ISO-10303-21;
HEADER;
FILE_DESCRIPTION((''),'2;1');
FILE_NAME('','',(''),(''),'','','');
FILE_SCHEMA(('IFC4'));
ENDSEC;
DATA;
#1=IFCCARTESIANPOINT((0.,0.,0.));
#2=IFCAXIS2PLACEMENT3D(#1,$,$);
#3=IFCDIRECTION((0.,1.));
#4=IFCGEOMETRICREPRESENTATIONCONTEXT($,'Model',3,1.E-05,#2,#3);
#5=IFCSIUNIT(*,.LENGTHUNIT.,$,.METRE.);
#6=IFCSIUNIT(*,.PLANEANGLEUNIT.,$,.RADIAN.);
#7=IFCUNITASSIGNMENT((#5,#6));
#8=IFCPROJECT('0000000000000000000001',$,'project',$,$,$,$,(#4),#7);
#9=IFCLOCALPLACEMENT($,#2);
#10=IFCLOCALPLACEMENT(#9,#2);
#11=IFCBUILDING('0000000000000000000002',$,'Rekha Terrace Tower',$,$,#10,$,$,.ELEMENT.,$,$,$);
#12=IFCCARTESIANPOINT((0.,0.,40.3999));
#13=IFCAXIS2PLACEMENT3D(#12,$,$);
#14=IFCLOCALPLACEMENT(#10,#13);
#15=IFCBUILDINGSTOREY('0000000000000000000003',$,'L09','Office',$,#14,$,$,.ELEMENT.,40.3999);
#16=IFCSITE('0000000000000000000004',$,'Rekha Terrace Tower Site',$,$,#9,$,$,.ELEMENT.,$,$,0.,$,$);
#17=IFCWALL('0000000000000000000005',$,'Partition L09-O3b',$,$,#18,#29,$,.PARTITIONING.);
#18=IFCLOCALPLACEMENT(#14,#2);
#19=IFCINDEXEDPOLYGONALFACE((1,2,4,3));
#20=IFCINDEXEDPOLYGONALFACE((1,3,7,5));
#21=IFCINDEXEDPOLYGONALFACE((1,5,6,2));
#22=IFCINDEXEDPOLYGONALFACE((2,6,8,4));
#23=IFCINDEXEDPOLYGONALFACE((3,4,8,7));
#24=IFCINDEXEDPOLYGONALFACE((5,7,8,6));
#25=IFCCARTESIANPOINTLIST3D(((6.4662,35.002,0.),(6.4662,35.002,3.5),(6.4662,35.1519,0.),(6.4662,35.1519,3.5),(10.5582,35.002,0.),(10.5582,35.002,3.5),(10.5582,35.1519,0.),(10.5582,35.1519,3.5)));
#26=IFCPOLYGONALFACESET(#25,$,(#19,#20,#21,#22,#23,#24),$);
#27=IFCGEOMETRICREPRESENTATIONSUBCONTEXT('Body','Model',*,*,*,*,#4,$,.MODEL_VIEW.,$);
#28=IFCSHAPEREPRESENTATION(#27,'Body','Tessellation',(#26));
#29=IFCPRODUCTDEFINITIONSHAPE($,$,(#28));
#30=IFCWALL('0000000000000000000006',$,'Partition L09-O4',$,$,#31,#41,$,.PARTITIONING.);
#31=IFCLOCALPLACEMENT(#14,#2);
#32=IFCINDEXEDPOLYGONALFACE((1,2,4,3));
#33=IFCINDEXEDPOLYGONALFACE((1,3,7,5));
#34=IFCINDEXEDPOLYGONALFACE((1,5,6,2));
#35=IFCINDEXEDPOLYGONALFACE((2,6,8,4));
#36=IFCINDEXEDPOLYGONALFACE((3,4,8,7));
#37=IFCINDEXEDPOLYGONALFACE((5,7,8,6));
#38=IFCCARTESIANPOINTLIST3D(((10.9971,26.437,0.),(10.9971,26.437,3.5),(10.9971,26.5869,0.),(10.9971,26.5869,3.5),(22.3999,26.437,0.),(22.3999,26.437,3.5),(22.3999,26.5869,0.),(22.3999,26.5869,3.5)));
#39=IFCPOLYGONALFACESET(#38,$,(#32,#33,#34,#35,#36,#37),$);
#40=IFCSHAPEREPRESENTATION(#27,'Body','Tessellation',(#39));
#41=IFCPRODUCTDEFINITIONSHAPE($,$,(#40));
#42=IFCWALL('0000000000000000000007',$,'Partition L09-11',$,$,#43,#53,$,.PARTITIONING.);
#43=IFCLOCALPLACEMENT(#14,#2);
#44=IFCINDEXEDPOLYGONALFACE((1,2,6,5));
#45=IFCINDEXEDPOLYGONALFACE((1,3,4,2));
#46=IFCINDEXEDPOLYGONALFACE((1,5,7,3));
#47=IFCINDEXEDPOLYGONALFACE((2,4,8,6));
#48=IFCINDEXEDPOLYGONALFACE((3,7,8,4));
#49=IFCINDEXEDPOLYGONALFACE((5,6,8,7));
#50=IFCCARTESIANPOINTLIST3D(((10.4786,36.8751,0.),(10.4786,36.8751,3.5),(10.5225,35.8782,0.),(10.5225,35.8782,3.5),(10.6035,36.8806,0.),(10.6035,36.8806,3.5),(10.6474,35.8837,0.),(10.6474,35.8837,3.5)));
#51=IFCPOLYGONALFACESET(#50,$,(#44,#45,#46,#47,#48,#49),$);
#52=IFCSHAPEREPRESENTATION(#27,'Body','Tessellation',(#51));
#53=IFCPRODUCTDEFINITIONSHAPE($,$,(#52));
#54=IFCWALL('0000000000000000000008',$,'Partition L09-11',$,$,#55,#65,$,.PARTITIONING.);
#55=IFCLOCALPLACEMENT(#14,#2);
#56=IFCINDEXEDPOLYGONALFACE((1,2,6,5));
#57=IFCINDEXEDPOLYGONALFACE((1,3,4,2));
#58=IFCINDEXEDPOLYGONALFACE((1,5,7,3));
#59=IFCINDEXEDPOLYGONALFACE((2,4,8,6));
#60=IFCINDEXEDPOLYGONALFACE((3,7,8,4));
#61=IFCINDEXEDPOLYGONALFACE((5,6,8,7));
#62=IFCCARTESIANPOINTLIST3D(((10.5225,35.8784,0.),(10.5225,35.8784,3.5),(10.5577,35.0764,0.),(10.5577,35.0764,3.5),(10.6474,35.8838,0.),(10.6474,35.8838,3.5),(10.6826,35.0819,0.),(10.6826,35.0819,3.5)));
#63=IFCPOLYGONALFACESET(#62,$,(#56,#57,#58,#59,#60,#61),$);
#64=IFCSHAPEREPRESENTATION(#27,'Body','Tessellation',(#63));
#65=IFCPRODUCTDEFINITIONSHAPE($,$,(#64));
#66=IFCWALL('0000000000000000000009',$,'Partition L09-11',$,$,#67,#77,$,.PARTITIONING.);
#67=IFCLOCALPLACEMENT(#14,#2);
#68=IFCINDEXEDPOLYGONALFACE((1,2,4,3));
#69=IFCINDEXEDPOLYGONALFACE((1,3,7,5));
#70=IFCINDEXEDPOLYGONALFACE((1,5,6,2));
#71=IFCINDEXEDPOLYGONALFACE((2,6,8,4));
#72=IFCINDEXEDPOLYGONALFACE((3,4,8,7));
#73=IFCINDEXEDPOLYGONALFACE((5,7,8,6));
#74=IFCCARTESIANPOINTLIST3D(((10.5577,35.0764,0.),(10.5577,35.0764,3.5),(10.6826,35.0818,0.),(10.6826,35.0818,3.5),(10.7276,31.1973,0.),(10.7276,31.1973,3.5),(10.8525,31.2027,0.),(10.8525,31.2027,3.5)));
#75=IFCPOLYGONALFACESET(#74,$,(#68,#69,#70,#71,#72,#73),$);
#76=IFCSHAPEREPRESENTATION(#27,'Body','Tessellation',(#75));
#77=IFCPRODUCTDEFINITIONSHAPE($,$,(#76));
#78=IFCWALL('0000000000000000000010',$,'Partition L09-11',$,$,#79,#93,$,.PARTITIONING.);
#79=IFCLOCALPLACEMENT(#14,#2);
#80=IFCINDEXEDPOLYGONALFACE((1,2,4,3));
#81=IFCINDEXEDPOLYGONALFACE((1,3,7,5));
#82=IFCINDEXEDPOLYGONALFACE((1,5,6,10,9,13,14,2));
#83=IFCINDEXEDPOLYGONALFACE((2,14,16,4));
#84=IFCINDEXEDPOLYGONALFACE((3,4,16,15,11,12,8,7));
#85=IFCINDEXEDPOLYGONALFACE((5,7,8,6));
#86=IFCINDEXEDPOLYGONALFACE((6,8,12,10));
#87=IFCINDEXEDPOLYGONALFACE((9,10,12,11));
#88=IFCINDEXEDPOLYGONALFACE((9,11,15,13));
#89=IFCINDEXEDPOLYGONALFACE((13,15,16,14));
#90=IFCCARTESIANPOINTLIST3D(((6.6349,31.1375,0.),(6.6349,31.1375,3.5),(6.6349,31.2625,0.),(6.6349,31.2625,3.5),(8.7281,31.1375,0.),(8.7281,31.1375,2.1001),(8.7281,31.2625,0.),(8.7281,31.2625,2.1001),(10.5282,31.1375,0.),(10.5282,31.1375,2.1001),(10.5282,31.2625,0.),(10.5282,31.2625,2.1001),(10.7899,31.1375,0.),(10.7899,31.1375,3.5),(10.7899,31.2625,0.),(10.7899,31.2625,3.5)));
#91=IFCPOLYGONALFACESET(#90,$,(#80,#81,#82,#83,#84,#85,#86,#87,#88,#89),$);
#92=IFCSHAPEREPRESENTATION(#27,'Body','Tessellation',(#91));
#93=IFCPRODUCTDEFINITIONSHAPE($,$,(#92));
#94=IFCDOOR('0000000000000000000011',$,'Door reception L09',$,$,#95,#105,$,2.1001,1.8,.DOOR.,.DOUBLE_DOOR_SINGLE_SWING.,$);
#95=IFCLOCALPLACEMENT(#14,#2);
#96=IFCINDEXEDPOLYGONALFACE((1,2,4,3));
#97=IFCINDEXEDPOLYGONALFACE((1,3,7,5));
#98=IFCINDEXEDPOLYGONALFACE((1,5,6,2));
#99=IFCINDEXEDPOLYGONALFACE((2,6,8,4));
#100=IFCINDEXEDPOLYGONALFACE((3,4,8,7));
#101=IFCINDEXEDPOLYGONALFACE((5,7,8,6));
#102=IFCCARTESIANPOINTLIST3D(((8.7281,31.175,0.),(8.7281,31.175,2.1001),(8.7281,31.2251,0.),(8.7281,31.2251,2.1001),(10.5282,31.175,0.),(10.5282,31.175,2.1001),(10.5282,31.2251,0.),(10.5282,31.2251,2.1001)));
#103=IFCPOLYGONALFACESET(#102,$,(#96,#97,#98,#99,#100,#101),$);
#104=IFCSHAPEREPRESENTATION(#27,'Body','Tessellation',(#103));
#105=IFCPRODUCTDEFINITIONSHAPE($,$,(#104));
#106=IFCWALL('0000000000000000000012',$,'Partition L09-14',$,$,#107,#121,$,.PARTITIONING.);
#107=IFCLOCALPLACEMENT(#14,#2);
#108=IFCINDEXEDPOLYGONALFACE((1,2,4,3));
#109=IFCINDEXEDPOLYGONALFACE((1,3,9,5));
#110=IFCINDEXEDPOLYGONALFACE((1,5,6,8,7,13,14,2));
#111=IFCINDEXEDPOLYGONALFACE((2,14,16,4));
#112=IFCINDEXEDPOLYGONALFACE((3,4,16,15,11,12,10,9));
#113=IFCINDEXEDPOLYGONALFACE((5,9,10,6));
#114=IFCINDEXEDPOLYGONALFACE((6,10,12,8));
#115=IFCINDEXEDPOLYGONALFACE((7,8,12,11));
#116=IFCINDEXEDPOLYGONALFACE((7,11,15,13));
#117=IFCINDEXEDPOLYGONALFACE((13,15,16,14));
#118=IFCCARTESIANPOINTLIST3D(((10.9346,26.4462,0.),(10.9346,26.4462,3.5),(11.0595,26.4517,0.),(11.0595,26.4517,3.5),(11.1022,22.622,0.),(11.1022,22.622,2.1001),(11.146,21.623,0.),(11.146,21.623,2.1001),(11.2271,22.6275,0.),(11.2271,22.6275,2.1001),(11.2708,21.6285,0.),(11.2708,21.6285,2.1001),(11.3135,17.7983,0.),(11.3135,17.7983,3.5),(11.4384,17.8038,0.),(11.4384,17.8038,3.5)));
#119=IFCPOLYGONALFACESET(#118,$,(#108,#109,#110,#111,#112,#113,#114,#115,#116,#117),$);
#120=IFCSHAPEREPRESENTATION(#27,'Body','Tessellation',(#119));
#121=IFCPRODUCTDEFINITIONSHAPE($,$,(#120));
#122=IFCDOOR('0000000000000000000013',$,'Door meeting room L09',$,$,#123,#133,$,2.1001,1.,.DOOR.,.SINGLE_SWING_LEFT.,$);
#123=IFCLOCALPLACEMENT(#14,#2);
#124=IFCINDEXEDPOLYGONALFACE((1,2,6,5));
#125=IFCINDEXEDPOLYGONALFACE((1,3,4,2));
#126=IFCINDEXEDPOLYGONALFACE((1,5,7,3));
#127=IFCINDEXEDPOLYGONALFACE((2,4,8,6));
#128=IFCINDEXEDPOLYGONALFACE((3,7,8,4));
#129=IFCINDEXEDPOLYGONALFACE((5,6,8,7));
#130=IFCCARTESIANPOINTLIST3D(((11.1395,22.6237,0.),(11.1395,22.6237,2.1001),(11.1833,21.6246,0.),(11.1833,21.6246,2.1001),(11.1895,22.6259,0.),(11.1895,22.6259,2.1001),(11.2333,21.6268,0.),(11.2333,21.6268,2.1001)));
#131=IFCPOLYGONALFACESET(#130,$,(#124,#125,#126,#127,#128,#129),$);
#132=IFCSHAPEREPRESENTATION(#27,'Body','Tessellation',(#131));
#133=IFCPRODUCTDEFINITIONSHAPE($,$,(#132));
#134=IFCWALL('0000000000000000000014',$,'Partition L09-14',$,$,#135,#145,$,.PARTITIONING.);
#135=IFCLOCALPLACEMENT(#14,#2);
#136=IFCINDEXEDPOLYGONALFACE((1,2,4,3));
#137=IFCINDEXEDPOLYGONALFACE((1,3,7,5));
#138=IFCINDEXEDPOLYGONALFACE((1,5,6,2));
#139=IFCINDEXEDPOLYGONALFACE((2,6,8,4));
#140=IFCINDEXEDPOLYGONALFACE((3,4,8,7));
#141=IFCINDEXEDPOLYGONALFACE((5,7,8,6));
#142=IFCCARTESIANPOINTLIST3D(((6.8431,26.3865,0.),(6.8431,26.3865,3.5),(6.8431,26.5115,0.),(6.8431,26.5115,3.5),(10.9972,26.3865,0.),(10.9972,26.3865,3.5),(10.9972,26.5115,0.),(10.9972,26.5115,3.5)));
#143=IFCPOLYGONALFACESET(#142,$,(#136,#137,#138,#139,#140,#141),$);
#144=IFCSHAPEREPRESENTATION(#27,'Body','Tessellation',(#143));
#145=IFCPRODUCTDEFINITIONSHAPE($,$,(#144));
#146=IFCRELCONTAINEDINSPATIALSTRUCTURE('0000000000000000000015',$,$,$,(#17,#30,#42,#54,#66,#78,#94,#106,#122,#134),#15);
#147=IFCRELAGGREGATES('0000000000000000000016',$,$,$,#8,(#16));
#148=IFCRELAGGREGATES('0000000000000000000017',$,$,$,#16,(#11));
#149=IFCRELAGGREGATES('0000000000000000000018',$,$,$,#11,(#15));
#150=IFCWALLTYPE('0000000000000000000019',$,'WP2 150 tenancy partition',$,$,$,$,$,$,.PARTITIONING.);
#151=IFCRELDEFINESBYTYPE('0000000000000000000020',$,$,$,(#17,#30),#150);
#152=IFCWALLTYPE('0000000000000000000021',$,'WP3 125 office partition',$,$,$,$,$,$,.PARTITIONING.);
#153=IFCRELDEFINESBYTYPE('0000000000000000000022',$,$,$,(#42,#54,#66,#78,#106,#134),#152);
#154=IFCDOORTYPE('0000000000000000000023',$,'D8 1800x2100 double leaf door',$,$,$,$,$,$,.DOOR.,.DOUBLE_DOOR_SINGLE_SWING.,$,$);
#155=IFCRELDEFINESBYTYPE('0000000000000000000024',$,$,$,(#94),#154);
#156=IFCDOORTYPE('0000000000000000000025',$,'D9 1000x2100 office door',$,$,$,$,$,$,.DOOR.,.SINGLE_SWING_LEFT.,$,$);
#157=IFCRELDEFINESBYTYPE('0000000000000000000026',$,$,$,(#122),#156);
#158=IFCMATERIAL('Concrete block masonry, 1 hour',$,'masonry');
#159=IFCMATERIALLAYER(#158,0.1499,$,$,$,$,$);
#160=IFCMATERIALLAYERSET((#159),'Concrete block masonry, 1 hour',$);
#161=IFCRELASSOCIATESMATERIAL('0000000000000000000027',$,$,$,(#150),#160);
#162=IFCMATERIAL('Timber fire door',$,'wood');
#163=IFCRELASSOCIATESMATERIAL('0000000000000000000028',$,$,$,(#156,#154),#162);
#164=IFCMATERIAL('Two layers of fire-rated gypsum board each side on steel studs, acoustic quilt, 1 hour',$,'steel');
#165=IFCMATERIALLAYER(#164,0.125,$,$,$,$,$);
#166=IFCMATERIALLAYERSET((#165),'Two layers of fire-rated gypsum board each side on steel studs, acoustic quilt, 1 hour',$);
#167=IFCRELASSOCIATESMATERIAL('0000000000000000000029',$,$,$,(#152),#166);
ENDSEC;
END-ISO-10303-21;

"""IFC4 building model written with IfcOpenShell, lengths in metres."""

from ifc_helpers import new_model, si_unit, direction, frame, frame_2d, origin, place, context, subcontext, project, spatial, rectangle, extrude, material, layer, layer_set, type_object, element, fill, save


model = new_model("IFC4")

# Units and contexts
model_context = context("Model", 3, precision=1e-05, world=origin(), true_north=direction((0.0, 1.0)))
body_context = subcontext(model_context, "Body", "Model", "MODEL_VIEW")
ifc_project = project(units=[si_unit("LENGTHUNIT", "METRE"), si_unit("PLANEANGLEUNIT", "RADIAN")], contexts=[model_context])

# Site, building, storey
site_placement = place(None, origin())
site = spatial("IfcSite", under=ifc_project, at=site_placement, Name="Rekha Terrace Tower Site", CompositionType="ELEMENT", RefElevation=0.0)
building_placement = place(site_placement, origin())
building = spatial("IfcBuilding", under=site, at=building_placement, Name="Rekha Terrace Tower", CompositionType="ELEMENT")
storey_placement = place(building_placement, frame((0.0, 0.0, 40.3999)))
storey = spatial("IfcBuildingStorey", under=building, at=storey_placement, Name="L09", Description="Office", CompositionType="ELEMENT", Elevation=40.3999)

# Shared definitions
ifc_material_1 = material(Name="Concrete block masonry, 1 hour", Category="masonry")
ifc_layer_1 = layer(ifc_material_1, 0.1499)
ifc_layer_set_1 = layer_set([ifc_layer_1], Name="Concrete block masonry, 1 hour")
wall_type_1 = type_object("IfcWallType", Name="WP2 150 tenancy partition", PredefinedType="PARTITIONING", material=ifc_layer_set_1)
ifc_material_2 = material(Name="Timber fire door", Category="wood")
door_type_1 = type_object("IfcDoorType", Name="D9 1000x2100 office door", OperationType="SINGLE_SWING_LEFT", PredefinedType="DOOR", material=ifc_material_2)

# Walls
wall_1_placement = place(storey_placement, frame((10.5581, 35.0769, 0.0), z_axis=(0.0, 0.0, 1.0), x_axis=(-1.0, 0.0, 0.0)))
element("IfcWall", 1, at=wall_1_placement, inside=storey, type_object=wall_type_1, Name="Partition L09-O3b", PredefinedType="PARTITIONING", context=body_context, shape_type="SweptSolid", body=[
    extrude(rectangle(XDim=4.092, YDim=0.1499, at=frame_2d((2.0459, 0.0))), origin(), (0.0, 0.0, 1.0), 3.5),
])
wall_2_placement = place(storey_placement, frame((10.9971, 26.512, 0.0), z_axis=(0.0, 0.0, 1.0), x_axis=(1.0, 0.0, 0.0)))
element("IfcWall", 2, at=wall_2_placement, inside=storey, type_object=wall_type_1, Name="Partition L09-O4", PredefinedType="PARTITIONING", context=body_context, shape_type="SweptSolid", body=[
    extrude(rectangle(XDim=11.4028, YDim=0.1499, at=frame_2d((5.7014, 0.0))), origin(), (0.0, 0.0, 1.0), 3.5),
])
ifc_material_3 = material(Name="Two layers of fire-rated gypsum board each side on steel studs, acoustic quilt, 1 hour", Category="steel")
ifc_layer_2 = layer(ifc_material_3, 0.125)
ifc_layer_set_2 = layer_set([ifc_layer_2], Name="Two layers of fire-rated gypsum board each side on steel studs, acoustic quilt, 1 hour")
wall_type_2 = type_object("IfcWallType", Name="WP3 125 office partition", PredefinedType="PARTITIONING", material=ifc_layer_set_2)
wall_3_placement = place(storey_placement, frame((10.541, 36.8779, 0.0), z_axis=(0.0, 0.0, 1.0), x_axis=(0.044042, -0.99903, 0.0)))
element("IfcWall", 3, at=wall_3_placement, inside=storey, type_object=wall_type_2, Name="Partition L09-11", PredefinedType="PARTITIONING", context=body_context, shape_type="SweptSolid", body=[
    extrude(rectangle(XDim=0.9978, YDim=0.125, at=frame_2d((0.499, 0.0))), origin(), (0.0, 0.0, 1.0), 3.5),
])
wall_4_placement = place(storey_placement, frame((10.585, 35.8811, 0.0), z_axis=(0.0, 0.0, 1.0), x_axis=(0.043794, -0.999041, 0.0)))
element("IfcWall", 4, at=wall_4_placement, inside=storey, type_object=wall_type_2, Name="Partition L09-11", PredefinedType="PARTITIONING", context=body_context, shape_type="SweptSolid", body=[
    extrude(rectangle(XDim=0.8027, YDim=0.125, at=frame_2d((0.4014, 0.0))), origin(), (0.0, 0.0, 1.0), 3.5),
])
wall_5_placement = place(storey_placement, frame((10.6201, 35.0791, 0.0), z_axis=(0.0, 0.0, 1.0), x_axis=(0.043762, -0.999042, 0.0)))
element("IfcWall", 5, at=wall_5_placement, inside=storey, type_object=wall_type_2, Name="Partition L09-11", PredefinedType="PARTITIONING", context=body_context, shape_type="SweptSolid", body=[
    extrude(rectangle(XDim=3.8828, YDim=0.125, at=frame_2d((1.9414, 0.0))), origin(), (0.0, 0.0, 1.0), 3.5),
])

# Walls, openings, doors
wall_6_placement = place(storey_placement, frame((10.79, 31.2, 0.0), z_axis=(0.0, 0.0, 1.0), x_axis=(-1.0, 0.0, 0.0)))
wall_6 = element("IfcWall", 6, at=wall_6_placement, inside=storey, type_object=wall_type_2, Name="Partition L09-11", PredefinedType="PARTITIONING", context=body_context, shape_type="SweptSolid", body=[
    extrude(rectangle(XDim=4.155, YDim=0.125, at=frame_2d((2.0776, 0.0))), origin(), (0.0, 0.0, 1.0), 3.5),
])
opening_1_placement = place(wall_6_placement, frame((0.262, 0.0, 0.0)))
opening_1 = element("IfcOpeningElement", 7, at=opening_1_placement, cuts=wall_6, PredefinedType="OPENING", context=body_context, shape_type="SweptSolid", body=[
    extrude(rectangle(XDim=1.8, YDim=2.1001, at=frame_2d((0.8999, 1.05))), frame((0.0, 0.0725, 0.0), z_axis=(0.0, -1.0, 0.0), x_axis=(1.0, 0.0, 0.0)), (0.0, 0.0, 1.0), 0.145),
])
door_type_2 = type_object("IfcDoorType", Name="D8 1800x2100 double leaf door", OperationType="DOUBLE_DOOR_SINGLE_SWING", PredefinedType="DOOR", material=ifc_material_2)
door_1_placement = place(opening_1_placement, origin())
door_1 = element("IfcDoor", 8, at=door_1_placement, inside=storey, type_object=door_type_2, Name="Door reception L09", OperationType="DOUBLE_DOOR_SINGLE_SWING", OverallHeight=2.1001, OverallWidth=1.8, PredefinedType="DOOR", context=body_context, shape_type="SweptSolid", body=[
    extrude(rectangle(XDim=1.8, YDim=2.1001, at=frame_2d((0.8999, 1.05))), frame((0.0, 0.0249, 0.0), z_axis=(0.0, -1.0, 0.0), x_axis=(1.0, 0.0, 0.0)), (0.0, 0.0, 1.0), 0.05),
])
fill(opening_1, door_1)
wall_7_placement = place(storey_placement, frame((10.9971, 26.449, 0.0), z_axis=(0.0, 0.0, 1.0), x_axis=(0.043773, -0.999042, 0.0)))
wall_7 = element("IfcWall", 9, at=wall_7_placement, inside=storey, type_object=wall_type_2, Name="Partition L09-14", PredefinedType="PARTITIONING", context=body_context, shape_type="SweptSolid", body=[
    extrude(rectangle(XDim=8.6562, YDim=0.125, at=frame_2d((4.3281, 0.0))), origin(), (0.0, 0.0, 1.0), 3.5),
])
opening_2_placement = place(wall_7_placement, frame((3.8279, 0.0, 0.0)))
opening_2 = element("IfcOpeningElement", 10, at=opening_2_placement, cuts=wall_7, PredefinedType="OPENING", context=body_context, shape_type="SweptSolid", body=[
    extrude(rectangle(XDim=1.0, YDim=2.1001, at=frame_2d((0.5, 1.05))), frame((0.0, 0.0725, 0.0), z_axis=(0.0, -1.0, 0.0), x_axis=(1.0, 0.0, 0.0)), (0.0, 0.0, 1.0), 0.145),
])
door_2_placement = place(opening_2_placement, origin())
door_2 = element("IfcDoor", 11, at=door_2_placement, inside=storey, type_object=door_type_1, Name="Door meeting room L09", OperationType="SINGLE_SWING_LEFT", OverallHeight=2.1001, OverallWidth=1.0, PredefinedType="DOOR", context=body_context, shape_type="SweptSolid", body=[
    extrude(rectangle(XDim=1.0, YDim=2.1001, at=frame_2d((0.5, 1.05))), frame((0.0, 0.0249, 0.0), z_axis=(0.0, -1.0, 0.0), x_axis=(1.0, 0.0, 0.0)), (0.0, 0.0, 1.0), 0.05),
])
fill(opening_2, door_2)

# Wall
wall_8_placement = place(storey_placement, frame((6.843, 26.449, 0.0), z_axis=(0.0, 0.0, 1.0), x_axis=(1.0, 0.0, 0.0)))
element("IfcWall", 12, at=wall_8_placement, inside=storey, type_object=wall_type_2, Name="Partition L09-14", PredefinedType="PARTITIONING", context=body_context, shape_type="SweptSolid", body=[
    extrude(rectangle(XDim=4.1541, YDim=0.125, at=frame_2d((2.0771, 0.0))), origin(), (0.0, 0.0, 1.0), 3.5),
])

save(model, "model.ifc")
